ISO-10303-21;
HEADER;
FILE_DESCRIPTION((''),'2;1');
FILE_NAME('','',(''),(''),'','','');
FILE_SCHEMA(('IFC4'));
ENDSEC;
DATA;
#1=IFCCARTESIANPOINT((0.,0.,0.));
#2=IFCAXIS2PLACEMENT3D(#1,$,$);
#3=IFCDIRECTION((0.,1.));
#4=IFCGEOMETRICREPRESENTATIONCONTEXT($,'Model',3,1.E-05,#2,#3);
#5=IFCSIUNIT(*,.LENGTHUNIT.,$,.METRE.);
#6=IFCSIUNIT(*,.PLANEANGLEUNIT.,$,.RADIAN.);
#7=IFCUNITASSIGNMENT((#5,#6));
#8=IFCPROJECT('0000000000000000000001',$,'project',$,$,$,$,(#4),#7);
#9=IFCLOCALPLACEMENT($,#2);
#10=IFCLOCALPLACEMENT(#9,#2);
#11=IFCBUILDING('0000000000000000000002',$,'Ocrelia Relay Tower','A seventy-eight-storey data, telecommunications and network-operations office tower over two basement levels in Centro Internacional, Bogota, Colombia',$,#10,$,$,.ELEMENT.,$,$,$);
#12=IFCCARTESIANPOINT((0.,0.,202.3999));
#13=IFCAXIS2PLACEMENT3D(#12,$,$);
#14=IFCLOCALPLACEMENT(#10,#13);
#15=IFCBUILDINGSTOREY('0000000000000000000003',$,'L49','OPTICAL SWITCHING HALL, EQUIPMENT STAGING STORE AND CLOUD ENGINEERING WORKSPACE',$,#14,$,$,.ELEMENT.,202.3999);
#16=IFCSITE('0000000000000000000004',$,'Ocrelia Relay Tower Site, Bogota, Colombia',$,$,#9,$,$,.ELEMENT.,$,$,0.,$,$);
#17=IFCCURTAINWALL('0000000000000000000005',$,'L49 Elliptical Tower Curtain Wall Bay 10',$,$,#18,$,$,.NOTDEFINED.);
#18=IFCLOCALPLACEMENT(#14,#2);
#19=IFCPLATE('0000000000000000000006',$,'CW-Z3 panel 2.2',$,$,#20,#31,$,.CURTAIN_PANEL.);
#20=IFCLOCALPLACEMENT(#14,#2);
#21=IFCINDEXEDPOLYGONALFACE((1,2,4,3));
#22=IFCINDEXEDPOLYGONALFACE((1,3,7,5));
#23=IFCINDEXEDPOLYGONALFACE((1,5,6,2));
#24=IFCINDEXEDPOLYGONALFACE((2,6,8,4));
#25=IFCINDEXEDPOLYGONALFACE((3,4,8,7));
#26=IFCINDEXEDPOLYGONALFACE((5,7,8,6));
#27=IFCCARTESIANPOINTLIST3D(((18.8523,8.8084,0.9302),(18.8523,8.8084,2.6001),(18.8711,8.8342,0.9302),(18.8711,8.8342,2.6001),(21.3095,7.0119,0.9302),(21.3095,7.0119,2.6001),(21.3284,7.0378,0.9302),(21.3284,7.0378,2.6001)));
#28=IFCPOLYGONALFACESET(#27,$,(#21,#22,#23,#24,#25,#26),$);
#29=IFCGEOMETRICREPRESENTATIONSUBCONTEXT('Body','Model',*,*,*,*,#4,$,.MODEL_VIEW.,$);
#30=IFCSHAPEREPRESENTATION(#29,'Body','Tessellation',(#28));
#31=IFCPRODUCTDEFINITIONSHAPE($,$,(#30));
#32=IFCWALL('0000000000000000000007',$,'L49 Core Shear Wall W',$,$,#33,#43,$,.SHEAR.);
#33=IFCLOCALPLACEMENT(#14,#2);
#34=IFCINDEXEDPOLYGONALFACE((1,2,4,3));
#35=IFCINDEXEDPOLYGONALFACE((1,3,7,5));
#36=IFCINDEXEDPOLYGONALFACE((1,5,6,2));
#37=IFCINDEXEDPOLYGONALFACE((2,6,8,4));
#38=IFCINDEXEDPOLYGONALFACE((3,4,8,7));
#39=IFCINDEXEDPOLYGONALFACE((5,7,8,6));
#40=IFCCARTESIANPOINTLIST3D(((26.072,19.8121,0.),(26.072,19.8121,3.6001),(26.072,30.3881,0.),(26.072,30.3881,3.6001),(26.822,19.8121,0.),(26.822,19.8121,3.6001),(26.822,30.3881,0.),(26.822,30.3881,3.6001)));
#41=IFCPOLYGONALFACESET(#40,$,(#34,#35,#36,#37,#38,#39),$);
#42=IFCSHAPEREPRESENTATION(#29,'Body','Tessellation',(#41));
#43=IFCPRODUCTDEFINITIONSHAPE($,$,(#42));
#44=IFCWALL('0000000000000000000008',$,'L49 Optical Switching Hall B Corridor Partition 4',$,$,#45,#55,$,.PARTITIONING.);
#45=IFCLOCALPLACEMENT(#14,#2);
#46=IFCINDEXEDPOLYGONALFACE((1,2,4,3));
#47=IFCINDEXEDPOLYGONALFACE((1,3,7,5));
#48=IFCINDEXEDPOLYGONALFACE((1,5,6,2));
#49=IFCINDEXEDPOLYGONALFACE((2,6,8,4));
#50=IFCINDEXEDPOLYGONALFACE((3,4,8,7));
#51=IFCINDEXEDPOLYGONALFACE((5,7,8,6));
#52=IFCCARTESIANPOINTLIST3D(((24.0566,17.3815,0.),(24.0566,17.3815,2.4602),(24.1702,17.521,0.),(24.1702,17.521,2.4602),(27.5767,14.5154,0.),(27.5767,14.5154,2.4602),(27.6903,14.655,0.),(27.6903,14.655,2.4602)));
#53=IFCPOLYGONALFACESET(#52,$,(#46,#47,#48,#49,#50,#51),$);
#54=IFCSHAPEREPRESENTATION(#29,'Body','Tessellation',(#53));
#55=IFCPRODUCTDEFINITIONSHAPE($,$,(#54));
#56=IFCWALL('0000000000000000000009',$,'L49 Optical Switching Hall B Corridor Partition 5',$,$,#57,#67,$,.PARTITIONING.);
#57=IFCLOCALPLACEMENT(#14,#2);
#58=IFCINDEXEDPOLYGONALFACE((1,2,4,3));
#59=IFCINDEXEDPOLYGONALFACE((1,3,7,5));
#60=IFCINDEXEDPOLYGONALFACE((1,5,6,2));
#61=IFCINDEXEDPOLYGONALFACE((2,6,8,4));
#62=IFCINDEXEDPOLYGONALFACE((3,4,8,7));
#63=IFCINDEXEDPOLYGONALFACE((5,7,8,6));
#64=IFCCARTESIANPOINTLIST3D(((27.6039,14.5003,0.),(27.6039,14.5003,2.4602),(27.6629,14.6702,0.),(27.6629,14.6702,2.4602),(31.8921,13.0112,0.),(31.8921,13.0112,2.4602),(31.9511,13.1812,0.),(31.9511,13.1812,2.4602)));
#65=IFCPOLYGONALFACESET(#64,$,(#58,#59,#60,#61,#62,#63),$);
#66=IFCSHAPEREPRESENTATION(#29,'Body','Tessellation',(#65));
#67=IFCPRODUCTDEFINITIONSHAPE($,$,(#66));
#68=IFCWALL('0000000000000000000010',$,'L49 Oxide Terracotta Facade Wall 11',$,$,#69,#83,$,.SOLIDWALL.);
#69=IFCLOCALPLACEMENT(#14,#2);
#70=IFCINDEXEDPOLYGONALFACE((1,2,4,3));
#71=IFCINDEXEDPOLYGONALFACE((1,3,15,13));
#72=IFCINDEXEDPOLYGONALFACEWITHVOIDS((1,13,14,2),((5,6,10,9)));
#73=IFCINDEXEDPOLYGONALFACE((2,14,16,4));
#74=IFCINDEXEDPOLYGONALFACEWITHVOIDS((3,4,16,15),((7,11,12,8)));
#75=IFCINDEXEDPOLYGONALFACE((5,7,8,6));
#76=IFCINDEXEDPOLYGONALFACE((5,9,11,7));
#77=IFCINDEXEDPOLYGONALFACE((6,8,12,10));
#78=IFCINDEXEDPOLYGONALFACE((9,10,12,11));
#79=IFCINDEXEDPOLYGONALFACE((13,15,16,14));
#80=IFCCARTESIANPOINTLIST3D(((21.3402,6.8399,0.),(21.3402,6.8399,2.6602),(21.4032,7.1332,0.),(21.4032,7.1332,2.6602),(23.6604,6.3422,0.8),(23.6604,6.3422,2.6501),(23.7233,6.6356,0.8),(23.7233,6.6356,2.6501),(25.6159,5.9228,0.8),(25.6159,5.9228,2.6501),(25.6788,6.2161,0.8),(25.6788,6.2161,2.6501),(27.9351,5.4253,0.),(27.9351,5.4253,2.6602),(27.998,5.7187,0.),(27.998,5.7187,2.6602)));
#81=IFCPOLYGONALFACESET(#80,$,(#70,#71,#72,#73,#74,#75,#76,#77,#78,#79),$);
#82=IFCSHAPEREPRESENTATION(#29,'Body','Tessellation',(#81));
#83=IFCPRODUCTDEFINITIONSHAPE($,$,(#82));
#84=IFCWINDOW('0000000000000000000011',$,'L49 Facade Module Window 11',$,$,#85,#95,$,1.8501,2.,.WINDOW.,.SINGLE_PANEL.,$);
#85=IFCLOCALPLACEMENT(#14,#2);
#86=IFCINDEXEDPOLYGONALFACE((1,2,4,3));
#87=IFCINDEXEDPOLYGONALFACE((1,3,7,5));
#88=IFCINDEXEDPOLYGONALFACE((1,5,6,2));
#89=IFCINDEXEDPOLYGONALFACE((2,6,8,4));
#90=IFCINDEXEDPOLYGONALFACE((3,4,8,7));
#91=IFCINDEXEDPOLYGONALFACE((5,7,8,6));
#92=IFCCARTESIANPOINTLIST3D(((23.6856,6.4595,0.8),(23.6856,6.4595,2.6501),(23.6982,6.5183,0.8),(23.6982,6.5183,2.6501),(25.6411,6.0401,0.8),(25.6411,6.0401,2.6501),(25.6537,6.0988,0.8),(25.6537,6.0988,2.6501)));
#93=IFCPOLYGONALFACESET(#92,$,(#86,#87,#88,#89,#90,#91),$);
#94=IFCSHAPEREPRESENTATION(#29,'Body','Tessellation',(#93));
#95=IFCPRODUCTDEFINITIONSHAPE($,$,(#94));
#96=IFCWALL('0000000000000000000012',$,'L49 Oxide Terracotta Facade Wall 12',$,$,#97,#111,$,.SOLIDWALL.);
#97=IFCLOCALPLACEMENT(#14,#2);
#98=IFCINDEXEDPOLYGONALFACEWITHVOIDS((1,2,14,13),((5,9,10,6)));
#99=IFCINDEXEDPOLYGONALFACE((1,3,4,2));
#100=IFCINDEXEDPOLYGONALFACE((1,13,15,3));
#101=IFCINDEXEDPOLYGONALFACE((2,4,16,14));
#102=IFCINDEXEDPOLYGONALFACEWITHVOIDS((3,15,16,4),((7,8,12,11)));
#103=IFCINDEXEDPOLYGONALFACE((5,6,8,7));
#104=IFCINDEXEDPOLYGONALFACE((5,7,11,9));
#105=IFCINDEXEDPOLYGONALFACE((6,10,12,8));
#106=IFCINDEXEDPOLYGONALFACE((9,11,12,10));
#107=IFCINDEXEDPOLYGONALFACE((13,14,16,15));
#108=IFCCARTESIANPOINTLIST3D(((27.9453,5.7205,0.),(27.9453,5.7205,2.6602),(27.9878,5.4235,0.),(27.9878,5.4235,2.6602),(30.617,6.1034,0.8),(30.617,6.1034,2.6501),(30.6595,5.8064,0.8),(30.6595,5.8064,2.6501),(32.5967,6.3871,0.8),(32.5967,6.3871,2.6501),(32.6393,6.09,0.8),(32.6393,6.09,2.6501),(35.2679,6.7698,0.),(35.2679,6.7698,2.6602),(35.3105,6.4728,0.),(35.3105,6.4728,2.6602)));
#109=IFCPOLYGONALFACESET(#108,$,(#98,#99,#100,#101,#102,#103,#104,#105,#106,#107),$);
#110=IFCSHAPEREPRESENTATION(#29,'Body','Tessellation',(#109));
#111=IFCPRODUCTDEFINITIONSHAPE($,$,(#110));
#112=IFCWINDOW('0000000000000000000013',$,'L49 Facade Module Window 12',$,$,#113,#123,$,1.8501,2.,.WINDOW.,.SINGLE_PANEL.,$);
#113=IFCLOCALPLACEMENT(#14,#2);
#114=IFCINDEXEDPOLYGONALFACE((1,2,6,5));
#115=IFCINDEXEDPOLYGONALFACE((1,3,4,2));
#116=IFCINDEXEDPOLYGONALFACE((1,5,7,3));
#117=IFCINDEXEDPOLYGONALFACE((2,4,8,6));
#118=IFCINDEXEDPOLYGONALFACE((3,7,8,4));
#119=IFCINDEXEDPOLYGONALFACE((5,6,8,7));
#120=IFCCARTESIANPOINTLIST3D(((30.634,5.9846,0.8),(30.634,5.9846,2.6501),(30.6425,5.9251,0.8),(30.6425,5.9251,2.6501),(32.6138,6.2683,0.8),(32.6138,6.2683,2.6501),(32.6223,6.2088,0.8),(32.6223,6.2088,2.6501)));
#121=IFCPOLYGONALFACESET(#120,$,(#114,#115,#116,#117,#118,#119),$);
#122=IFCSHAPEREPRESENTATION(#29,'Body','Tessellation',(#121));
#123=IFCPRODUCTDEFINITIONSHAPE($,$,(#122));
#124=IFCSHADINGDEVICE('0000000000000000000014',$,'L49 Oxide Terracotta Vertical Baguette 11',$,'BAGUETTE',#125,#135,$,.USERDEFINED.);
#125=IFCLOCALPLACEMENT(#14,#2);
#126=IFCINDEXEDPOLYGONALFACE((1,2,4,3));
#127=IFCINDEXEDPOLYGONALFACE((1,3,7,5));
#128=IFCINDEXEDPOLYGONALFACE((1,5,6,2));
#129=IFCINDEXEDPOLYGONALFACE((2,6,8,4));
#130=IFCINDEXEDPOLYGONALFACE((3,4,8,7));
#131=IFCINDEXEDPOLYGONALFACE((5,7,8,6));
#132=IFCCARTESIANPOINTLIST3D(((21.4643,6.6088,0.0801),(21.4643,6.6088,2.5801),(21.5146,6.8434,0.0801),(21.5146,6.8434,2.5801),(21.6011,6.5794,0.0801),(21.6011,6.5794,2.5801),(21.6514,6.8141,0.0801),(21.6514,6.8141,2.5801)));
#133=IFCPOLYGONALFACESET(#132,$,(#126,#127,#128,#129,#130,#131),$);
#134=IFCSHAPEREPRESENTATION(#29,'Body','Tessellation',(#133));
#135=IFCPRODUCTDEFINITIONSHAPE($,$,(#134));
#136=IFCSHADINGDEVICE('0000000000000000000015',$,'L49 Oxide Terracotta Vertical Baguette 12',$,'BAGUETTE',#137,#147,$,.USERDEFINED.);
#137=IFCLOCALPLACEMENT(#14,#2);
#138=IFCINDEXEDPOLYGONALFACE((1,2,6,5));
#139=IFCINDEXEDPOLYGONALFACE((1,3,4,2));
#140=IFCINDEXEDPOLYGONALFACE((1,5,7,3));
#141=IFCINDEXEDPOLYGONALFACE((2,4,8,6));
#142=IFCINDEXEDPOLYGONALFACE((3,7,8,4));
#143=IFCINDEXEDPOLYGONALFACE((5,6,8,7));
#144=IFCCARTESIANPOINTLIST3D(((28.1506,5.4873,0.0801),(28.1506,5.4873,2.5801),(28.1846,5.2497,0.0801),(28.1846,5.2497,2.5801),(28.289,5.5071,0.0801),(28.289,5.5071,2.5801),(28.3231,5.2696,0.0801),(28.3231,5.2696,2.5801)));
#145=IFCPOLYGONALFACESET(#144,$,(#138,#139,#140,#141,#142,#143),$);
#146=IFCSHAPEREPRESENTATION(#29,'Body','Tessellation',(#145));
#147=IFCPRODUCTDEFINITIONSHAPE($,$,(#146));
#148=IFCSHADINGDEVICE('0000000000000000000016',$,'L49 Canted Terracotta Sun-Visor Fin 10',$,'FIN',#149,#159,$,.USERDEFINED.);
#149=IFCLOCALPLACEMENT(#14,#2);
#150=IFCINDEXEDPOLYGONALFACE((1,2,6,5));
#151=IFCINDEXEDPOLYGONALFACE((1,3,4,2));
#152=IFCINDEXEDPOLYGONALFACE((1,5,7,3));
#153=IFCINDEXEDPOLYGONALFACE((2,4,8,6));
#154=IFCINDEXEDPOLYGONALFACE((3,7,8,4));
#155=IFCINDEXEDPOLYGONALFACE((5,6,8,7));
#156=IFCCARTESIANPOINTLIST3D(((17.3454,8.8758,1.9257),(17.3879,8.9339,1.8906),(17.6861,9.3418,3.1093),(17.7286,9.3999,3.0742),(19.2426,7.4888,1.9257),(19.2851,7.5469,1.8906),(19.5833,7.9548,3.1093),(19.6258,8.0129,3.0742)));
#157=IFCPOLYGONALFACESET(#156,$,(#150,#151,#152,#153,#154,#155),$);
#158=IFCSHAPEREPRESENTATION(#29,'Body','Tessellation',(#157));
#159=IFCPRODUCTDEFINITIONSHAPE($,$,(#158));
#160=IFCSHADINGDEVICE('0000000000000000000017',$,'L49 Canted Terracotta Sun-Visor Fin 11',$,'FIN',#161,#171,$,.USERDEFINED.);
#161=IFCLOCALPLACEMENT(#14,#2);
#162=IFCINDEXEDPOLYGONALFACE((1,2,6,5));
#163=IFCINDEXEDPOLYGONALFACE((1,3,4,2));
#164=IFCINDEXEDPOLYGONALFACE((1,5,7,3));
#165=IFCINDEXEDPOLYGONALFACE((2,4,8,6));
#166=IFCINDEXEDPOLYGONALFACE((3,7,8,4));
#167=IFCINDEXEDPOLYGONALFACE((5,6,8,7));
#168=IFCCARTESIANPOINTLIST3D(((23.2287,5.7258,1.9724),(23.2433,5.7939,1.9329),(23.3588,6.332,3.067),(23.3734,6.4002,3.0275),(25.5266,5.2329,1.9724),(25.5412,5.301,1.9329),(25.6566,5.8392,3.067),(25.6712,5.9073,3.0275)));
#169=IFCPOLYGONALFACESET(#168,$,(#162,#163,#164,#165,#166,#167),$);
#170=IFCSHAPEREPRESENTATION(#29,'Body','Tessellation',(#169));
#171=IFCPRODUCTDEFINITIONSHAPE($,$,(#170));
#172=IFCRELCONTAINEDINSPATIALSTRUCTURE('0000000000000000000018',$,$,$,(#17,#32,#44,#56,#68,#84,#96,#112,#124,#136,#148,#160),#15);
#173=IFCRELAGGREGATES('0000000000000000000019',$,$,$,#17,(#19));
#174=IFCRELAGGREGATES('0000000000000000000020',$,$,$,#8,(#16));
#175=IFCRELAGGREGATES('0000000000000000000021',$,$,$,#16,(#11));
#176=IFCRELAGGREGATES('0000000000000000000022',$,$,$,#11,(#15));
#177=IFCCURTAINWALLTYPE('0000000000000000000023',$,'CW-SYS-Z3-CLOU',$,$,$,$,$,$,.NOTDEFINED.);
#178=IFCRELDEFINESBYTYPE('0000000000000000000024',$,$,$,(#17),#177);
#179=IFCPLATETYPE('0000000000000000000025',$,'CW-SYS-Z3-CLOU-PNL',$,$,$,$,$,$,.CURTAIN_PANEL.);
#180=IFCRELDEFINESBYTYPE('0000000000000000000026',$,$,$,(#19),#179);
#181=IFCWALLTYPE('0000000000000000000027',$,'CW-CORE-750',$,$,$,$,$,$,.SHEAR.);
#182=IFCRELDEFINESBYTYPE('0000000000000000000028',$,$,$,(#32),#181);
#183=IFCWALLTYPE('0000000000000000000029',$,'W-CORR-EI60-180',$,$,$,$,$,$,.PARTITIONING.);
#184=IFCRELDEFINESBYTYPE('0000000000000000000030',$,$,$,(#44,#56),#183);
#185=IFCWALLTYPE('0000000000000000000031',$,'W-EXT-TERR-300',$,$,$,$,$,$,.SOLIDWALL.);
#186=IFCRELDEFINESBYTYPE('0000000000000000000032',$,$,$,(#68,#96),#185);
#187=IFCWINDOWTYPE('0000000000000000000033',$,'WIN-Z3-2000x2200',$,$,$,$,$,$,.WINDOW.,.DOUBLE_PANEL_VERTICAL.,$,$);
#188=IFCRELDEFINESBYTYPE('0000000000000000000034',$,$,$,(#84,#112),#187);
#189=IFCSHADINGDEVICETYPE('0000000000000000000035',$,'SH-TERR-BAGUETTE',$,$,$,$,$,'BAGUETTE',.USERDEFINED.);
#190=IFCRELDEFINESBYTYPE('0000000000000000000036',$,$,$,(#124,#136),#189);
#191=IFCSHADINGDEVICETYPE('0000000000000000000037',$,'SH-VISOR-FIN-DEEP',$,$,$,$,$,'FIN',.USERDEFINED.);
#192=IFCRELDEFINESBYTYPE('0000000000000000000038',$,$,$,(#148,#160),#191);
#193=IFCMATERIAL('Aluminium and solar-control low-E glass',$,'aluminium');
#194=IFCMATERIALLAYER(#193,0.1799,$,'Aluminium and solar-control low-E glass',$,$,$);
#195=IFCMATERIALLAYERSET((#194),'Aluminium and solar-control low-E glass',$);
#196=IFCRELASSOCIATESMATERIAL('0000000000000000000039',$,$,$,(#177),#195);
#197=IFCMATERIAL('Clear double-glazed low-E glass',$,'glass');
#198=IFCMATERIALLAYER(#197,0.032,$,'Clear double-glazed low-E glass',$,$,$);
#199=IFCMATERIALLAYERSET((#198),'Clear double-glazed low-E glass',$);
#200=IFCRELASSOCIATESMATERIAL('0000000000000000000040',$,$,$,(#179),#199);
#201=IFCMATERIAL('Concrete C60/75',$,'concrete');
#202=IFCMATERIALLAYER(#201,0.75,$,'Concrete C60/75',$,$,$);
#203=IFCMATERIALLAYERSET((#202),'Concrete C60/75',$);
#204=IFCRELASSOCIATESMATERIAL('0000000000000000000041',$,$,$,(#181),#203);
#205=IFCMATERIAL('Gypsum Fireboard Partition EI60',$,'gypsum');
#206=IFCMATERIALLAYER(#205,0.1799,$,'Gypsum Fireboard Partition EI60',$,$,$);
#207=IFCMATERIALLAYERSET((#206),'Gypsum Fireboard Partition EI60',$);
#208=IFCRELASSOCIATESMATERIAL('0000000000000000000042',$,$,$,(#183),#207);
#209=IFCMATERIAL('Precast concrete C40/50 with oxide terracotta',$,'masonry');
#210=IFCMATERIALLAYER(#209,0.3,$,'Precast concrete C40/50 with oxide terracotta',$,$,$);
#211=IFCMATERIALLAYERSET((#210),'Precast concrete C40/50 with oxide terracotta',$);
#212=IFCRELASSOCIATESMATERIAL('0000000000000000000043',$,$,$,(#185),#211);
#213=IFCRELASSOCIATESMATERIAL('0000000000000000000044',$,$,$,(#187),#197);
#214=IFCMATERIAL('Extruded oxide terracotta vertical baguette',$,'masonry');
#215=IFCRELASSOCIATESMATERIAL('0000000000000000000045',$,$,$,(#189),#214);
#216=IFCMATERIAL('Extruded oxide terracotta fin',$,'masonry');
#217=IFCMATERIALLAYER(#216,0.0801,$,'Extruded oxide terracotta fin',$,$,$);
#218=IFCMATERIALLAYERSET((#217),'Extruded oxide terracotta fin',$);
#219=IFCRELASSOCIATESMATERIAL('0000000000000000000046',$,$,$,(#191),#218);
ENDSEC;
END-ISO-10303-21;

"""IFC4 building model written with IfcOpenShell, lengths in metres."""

from ifc_helpers import new_model, si_unit, direction, frame, frame_2d, origin, origin_2d, place, context, subcontext, project, spatial, rectangle, extrude, material, layer, layer_set, type_object, element, fill, aggregate, save


model = new_model("IFC4")

# Units and contexts
model_context = context("Model", 3, precision=1e-05, world=origin(), true_north=direction((0.0, 1.0)))
body_context = subcontext(model_context, "Body", "Model", "MODEL_VIEW")
ifc_project = project(units=[si_unit("LENGTHUNIT", "METRE"), si_unit("PLANEANGLEUNIT", "RADIAN")], contexts=[model_context])

# Site, building, storey
site_placement = place(None, origin())
site = spatial("IfcSite", under=ifc_project, at=site_placement, Name="Ocrelia Relay Tower Site, Bogota, Colombia", CompositionType="ELEMENT", RefElevation=0.0)
building_placement = place(site_placement, origin())
building = spatial("IfcBuilding", under=site, at=building_placement, Name="Ocrelia Relay Tower", Description="A seventy-eight-storey data, telecommunications and network-operations office tower over two basement levels in Centro Internacional, Bogota, Colombia", CompositionType="ELEMENT")
storey_placement = place(building_placement, frame((0.0, 0.0, 202.3999)))
storey = spatial("IfcBuildingStorey", under=building, at=storey_placement, Name="L49", Description="OPTICAL SWITCHING HALL, EQUIPMENT STAGING STORE AND CLOUD ENGINEERING WORKSPACE", CompositionType="ELEMENT", Elevation=202.3999)

# Shared definitions
ifc_material_1 = material(Name="Concrete C60/75", Category="concrete")

# Curtain wall, plate
ifc_material_2 = material(Name="Aluminium and solar-control low-E glass", Category="aluminium")
ifc_layer_1 = layer(ifc_material_2, 0.1799, Name="Aluminium and solar-control low-E glass")
ifc_layer_set_1 = layer_set([ifc_layer_1], Name="Aluminium and solar-control low-E glass")
curtain_wall_type = type_object("IfcCurtainWallType", Name="CW-SYS-Z3-CLOU", PredefinedType="NOTDEFINED", material=ifc_layer_set_1)
curtain_wall_placement = place(storey_placement, origin())
curtain_wall = element("IfcCurtainWall", 1, at=curtain_wall_placement, inside=storey, type_object=curtain_wall_type, Name="L49 Elliptical Tower Curtain Wall Bay 10", PredefinedType="NOTDEFINED")
ifc_material_3 = material(Name="Clear double-glazed low-E glass", Category="glass")
ifc_layer_2 = layer(ifc_material_3, 0.032, Name="Clear double-glazed low-E glass")
ifc_layer_set_2 = layer_set([ifc_layer_2], Name="Clear double-glazed low-E glass")
plate_type = type_object("IfcPlateType", Name="CW-SYS-Z3-CLOU-PNL", PredefinedType="CURTAIN_PANEL", material=ifc_layer_set_2)
plate_1_placement = place(storey_placement, frame((20.0903, 7.9231, 0.9302), z_axis=(0.0, 0.0, 1.0), x_axis=(0.807271, -0.590181, 0.0)))
plate_1 = element("IfcPlate", 2, at=plate_1_placement, type_object=plate_type, Name="CW-Z3 panel 2.2", PredefinedType="CURTAIN_PANEL", context=body_context, shape_type="SweptSolid", body=[
    extrude(rectangle(XDim=3.0439, YDim=0.032, at=origin_2d()), origin(), (0.0, 0.0, 1.0), 1.6699),
])
aggregate(curtain_wall, [plate_1])

# Walls
ifc_layer_3 = layer(ifc_material_1, 0.75, Name="Concrete C60/75")
ifc_layer_set_3 = layer_set([ifc_layer_3], Name="Concrete C60/75")
wall_type_1 = type_object("IfcWallType", Name="CW-CORE-750", PredefinedType="SHEAR", material=ifc_layer_set_3)
wall_1_placement = place(storey_placement, frame((26.447, 19.812, 0.0), z_axis=(0.0, 0.0, 1.0), x_axis=(0.0, 1.0, 0.0)))
element("IfcWall", 3, at=wall_1_placement, inside=storey, type_object=wall_type_1, Name="L49 Core Shear Wall W", PredefinedType="SHEAR", context=body_context, shape_type="SweptSolid", body=[
    extrude(rectangle(XDim=10.5759, YDim=0.75, at=frame_2d((5.2881, 0.0))), origin(), (0.0, 0.0, 1.0), 3.6001),
])
ifc_material_4 = material(Name="Gypsum Fireboard Partition EI60", Category="gypsum")
ifc_layer_4 = layer(ifc_material_4, 0.1799, Name="Gypsum Fireboard Partition EI60")
ifc_layer_set_4 = layer_set([ifc_layer_4], Name="Gypsum Fireboard Partition EI60")
wall_type_2 = type_object("IfcWallType", Name="W-CORR-EI60-180", PredefinedType="PARTITIONING", material=ifc_layer_set_4)
for number, where, z_axis, x_axis, name in (
    (4, (24.1135, 17.4512, 0.0), (0.0, 0.0, 1.0), (0.775472, -0.631382, 0.0), "L49 Optical Switching Hall B Corridor Partition 4"),
    (5, (27.6335, 14.5852, 0.0), (0.0, 0.0, 1.0), (0.944667, -0.32803, 0.0), "L49 Optical Switching Hall B Corridor Partition 5"),
):
    element("IfcWall", number, at=place(storey_placement, frame(where, z_axis=z_axis, x_axis=x_axis)), inside=storey, type_object=wall_type_2, Name=name, PredefinedType="PARTITIONING", context=body_context, shape_type="SweptSolid", body=[
        extrude(rectangle(XDim=4.5393, YDim=0.1799, at=frame_2d((2.2695, 0.0))), origin(), (0.0, 0.0, 1.0), 2.4602),
    ])

# Walls, openings, windows
ifc_material_5 = material(Name="Precast concrete C40/50 with oxide terracotta", Category="masonry")
ifc_layer_5 = layer(ifc_material_5, 0.3, Name="Precast concrete C40/50 with oxide terracotta")
ifc_layer_set_5 = layer_set([ifc_layer_5], Name="Precast concrete C40/50 with oxide terracotta")
wall_type_3 = type_object("IfcWallType", Name="W-EXT-TERR-300", PredefinedType="SOLIDWALL", material=ifc_layer_set_5)
wall_2_placement = place(storey_placement, frame((21.3716, 6.9866, 0.0), z_axis=(0.0, 0.0, 1.0), x_axis=(0.977762, -0.209719, 0.0)))
wall_2 = element("IfcWall", 6, at=wall_2_placement, inside=storey, type_object=wall_type_3, Name="L49 Oxide Terracotta Facade Wall 11", PredefinedType="SOLIDWALL", context=body_context, shape_type="SweptSolid", body=[
    extrude(rectangle(XDim=6.7449, YDim=0.3, at=frame_2d((3.3726, 0.0))), origin(), (0.0, 0.0, 1.0), 2.6602),
])
opening_1_placement = place(wall_2_placement, frame((2.373, 0.0, 0.8)))
opening_1 = element("IfcOpeningElement", 7, at=opening_1_placement, cuts=wall_2, PredefinedType="OPENING", context=body_context, shape_type="SweptSolid", body=[
    extrude(rectangle(XDim=2.0, YDim=1.8501, at=frame_2d((1.0, 0.925))), frame((0.0, 0.1602, 0.0), z_axis=(0.0, -1.0, 0.0), x_axis=(1.0, 0.0, 0.0)), (0.0, 0.0, 1.0), 0.3201),
])
window_type = type_object("IfcWindowType", Name="WIN-Z3-2000x2200", PartitioningType="DOUBLE_PANEL_VERTICAL", PredefinedType="WINDOW", material=ifc_material_3)
window_1_placement = place(opening_1_placement, origin())
window_1 = element("IfcWindow", 8, at=window_1_placement, inside=storey, type_object=window_type, Name="L49 Facade Module Window 11", OverallHeight=1.8501, OverallWidth=2.0, PartitioningType="SINGLE_PANEL", PredefinedType="WINDOW", context=body_context, shape_type="SweptSolid", body=[
    extrude(rectangle(XDim=2.0, YDim=1.8501, at=frame_2d((1.0, 0.925))), frame((0.0, 0.03, 0.0), z_axis=(0.0, -1.0, 0.0), x_axis=(1.0, 0.0, 0.0)), (0.0, 0.0, 1.0), 0.0601),
])
fill(opening_1, window_1)
wall_3_placement = place(storey_placement, frame((27.9666, 5.572, 0.0), z_axis=(0.0, 0.0, 1.0), x_axis=(0.989889, 0.141846, 0.0)))
wall_3 = element("IfcWall", 9, at=wall_3_placement, inside=storey, type_object=wall_type_3, Name="L49 Oxide Terracotta Facade Wall 12", PredefinedType="SOLIDWALL", context=body_context, shape_type="SweptSolid", body=[
    extrude(rectangle(XDim=7.3975, YDim=0.3, at=frame_2d((3.6987, 0.0))), origin(), (0.0, 0.0, 1.0), 2.6602),
])
opening_2_placement = place(wall_3_placement, frame((2.699, 0.0, 0.8)))
opening_2 = element("IfcOpeningElement", 10, at=opening_2_placement, cuts=wall_3, PredefinedType="OPENING", context=body_context, shape_type="SweptSolid", body=[
    extrude(rectangle(XDim=2.0, YDim=1.8501, at=frame_2d((1.0, 0.925))), frame((0.0, 0.1602, 0.0), z_axis=(0.0, -1.0, 0.0), x_axis=(1.0, 0.0, 0.0)), (0.0, 0.0, 1.0), 0.3201),
])
window_2_placement = place(opening_2_placement, origin())
window_2 = element("IfcWindow", 11, at=window_2_placement, inside=storey, type_object=window_type, Name="L49 Facade Module Window 12", OverallHeight=1.8501, OverallWidth=2.0, PartitioningType="SINGLE_PANEL", PredefinedType="WINDOW", context=body_context, shape_type="SweptSolid", body=[
    extrude(rectangle(XDim=2.0, YDim=1.8501, at=frame_2d((1.0, 0.925))), frame((0.0, 0.03, 0.0), z_axis=(0.0, -1.0, 0.0), x_axis=(1.0, 0.0, 0.0)), (0.0, 0.0, 1.0), 0.0601),
])
fill(opening_2, window_2)

# Shading devices
ifc_material_6 = material(Name="Extruded oxide terracotta vertical baguette", Category="masonry")
shading_device_type_1 = type_object("IfcShadingDeviceType", Name="SH-TERR-BAGUETTE", ElementType="BAGUETTE", PredefinedType="USERDEFINED", material=ifc_material_6)
for number, where, z_axis, x_axis, name in (
    (12, (21.5579, 6.7114, 0.0801), (0.0, 0.0, 1.0), (0.97776, -0.209726, 0.0), "L49 Oxide Terracotta Vertical Baguette 11"),
    (13, (28.2368, 5.3784, 0.0801), (0.0, 0.0, 1.0), (0.989889, 0.141843, 0.0), "L49 Oxide Terracotta Vertical Baguette 12"),
):
    element("IfcShadingDevice", number, at=place(storey_placement, frame(where, z_axis=z_axis, x_axis=x_axis)), inside=storey, type_object=shading_device_type_1, Name=name, ObjectType="BAGUETTE", PredefinedType="USERDEFINED", context=body_context, shape_type="SweptSolid", body=[
        extrude(rectangle(XDim=0.1399, YDim=0.24, at=origin_2d()), origin(), (0.0, 0.0, 1.0), 2.5),
    ])
ifc_material_7 = material(Name="Extruded oxide terracotta fin", Category="masonry")
ifc_layer_6 = layer(ifc_material_7, 0.0801, Name="Extruded oxide terracotta fin")
ifc_layer_set_6 = layer_set([ifc_layer_6], Name="Extruded oxide terracotta fin")
shading_device_type_2 = type_object("IfcShadingDeviceType", Name="SH-VISOR-FIN-DEEP", ElementType="FIN", PredefinedType="USERDEFINED", material=ifc_layer_set_6)
shading_device_1_placement = place(storey_placement, frame((18.5068, 8.4734, 2.4824), z_axis=(-0.530451, -0.72557, 0.438371), x_axis=(0.807271, -0.590181, 0.0)))
element("IfcShadingDevice", 14, at=shading_device_1_placement, inside=storey, type_object=shading_device_type_2, Name="L49 Canted Terracotta Sun-Visor Fin 10", ObjectType="FIN", PredefinedType="USERDEFINED", context=body_context, shape_type="SweptSolid", body=[
    extrude(rectangle(XDim=2.3501, YDim=1.3169, at=origin_2d()), origin(), (0.0, 0.0, 1.0), 0.0801),
])
shading_device_2_placement = place(storey_placement, frame((24.4573, 5.8506, 2.4802), z_axis=(-0.182482, -0.850747, 0.492879), x_axis=(0.97776, -0.209726, 0.0)))
element("IfcShadingDevice", 15, at=shading_device_2_placement, inside=storey, type_object=shading_device_type_2, Name="L49 Canted Terracotta Sun-Visor Fin 11", ObjectType="FIN", PredefinedType="USERDEFINED", context=body_context, shape_type="SweptSolid", body=[
    extrude(rectangle(XDim=2.3501, YDim=1.2581, at=origin_2d()), origin(), (0.0, 0.0, 1.0), 0.0801),
])

save(model, "model.ifc")
